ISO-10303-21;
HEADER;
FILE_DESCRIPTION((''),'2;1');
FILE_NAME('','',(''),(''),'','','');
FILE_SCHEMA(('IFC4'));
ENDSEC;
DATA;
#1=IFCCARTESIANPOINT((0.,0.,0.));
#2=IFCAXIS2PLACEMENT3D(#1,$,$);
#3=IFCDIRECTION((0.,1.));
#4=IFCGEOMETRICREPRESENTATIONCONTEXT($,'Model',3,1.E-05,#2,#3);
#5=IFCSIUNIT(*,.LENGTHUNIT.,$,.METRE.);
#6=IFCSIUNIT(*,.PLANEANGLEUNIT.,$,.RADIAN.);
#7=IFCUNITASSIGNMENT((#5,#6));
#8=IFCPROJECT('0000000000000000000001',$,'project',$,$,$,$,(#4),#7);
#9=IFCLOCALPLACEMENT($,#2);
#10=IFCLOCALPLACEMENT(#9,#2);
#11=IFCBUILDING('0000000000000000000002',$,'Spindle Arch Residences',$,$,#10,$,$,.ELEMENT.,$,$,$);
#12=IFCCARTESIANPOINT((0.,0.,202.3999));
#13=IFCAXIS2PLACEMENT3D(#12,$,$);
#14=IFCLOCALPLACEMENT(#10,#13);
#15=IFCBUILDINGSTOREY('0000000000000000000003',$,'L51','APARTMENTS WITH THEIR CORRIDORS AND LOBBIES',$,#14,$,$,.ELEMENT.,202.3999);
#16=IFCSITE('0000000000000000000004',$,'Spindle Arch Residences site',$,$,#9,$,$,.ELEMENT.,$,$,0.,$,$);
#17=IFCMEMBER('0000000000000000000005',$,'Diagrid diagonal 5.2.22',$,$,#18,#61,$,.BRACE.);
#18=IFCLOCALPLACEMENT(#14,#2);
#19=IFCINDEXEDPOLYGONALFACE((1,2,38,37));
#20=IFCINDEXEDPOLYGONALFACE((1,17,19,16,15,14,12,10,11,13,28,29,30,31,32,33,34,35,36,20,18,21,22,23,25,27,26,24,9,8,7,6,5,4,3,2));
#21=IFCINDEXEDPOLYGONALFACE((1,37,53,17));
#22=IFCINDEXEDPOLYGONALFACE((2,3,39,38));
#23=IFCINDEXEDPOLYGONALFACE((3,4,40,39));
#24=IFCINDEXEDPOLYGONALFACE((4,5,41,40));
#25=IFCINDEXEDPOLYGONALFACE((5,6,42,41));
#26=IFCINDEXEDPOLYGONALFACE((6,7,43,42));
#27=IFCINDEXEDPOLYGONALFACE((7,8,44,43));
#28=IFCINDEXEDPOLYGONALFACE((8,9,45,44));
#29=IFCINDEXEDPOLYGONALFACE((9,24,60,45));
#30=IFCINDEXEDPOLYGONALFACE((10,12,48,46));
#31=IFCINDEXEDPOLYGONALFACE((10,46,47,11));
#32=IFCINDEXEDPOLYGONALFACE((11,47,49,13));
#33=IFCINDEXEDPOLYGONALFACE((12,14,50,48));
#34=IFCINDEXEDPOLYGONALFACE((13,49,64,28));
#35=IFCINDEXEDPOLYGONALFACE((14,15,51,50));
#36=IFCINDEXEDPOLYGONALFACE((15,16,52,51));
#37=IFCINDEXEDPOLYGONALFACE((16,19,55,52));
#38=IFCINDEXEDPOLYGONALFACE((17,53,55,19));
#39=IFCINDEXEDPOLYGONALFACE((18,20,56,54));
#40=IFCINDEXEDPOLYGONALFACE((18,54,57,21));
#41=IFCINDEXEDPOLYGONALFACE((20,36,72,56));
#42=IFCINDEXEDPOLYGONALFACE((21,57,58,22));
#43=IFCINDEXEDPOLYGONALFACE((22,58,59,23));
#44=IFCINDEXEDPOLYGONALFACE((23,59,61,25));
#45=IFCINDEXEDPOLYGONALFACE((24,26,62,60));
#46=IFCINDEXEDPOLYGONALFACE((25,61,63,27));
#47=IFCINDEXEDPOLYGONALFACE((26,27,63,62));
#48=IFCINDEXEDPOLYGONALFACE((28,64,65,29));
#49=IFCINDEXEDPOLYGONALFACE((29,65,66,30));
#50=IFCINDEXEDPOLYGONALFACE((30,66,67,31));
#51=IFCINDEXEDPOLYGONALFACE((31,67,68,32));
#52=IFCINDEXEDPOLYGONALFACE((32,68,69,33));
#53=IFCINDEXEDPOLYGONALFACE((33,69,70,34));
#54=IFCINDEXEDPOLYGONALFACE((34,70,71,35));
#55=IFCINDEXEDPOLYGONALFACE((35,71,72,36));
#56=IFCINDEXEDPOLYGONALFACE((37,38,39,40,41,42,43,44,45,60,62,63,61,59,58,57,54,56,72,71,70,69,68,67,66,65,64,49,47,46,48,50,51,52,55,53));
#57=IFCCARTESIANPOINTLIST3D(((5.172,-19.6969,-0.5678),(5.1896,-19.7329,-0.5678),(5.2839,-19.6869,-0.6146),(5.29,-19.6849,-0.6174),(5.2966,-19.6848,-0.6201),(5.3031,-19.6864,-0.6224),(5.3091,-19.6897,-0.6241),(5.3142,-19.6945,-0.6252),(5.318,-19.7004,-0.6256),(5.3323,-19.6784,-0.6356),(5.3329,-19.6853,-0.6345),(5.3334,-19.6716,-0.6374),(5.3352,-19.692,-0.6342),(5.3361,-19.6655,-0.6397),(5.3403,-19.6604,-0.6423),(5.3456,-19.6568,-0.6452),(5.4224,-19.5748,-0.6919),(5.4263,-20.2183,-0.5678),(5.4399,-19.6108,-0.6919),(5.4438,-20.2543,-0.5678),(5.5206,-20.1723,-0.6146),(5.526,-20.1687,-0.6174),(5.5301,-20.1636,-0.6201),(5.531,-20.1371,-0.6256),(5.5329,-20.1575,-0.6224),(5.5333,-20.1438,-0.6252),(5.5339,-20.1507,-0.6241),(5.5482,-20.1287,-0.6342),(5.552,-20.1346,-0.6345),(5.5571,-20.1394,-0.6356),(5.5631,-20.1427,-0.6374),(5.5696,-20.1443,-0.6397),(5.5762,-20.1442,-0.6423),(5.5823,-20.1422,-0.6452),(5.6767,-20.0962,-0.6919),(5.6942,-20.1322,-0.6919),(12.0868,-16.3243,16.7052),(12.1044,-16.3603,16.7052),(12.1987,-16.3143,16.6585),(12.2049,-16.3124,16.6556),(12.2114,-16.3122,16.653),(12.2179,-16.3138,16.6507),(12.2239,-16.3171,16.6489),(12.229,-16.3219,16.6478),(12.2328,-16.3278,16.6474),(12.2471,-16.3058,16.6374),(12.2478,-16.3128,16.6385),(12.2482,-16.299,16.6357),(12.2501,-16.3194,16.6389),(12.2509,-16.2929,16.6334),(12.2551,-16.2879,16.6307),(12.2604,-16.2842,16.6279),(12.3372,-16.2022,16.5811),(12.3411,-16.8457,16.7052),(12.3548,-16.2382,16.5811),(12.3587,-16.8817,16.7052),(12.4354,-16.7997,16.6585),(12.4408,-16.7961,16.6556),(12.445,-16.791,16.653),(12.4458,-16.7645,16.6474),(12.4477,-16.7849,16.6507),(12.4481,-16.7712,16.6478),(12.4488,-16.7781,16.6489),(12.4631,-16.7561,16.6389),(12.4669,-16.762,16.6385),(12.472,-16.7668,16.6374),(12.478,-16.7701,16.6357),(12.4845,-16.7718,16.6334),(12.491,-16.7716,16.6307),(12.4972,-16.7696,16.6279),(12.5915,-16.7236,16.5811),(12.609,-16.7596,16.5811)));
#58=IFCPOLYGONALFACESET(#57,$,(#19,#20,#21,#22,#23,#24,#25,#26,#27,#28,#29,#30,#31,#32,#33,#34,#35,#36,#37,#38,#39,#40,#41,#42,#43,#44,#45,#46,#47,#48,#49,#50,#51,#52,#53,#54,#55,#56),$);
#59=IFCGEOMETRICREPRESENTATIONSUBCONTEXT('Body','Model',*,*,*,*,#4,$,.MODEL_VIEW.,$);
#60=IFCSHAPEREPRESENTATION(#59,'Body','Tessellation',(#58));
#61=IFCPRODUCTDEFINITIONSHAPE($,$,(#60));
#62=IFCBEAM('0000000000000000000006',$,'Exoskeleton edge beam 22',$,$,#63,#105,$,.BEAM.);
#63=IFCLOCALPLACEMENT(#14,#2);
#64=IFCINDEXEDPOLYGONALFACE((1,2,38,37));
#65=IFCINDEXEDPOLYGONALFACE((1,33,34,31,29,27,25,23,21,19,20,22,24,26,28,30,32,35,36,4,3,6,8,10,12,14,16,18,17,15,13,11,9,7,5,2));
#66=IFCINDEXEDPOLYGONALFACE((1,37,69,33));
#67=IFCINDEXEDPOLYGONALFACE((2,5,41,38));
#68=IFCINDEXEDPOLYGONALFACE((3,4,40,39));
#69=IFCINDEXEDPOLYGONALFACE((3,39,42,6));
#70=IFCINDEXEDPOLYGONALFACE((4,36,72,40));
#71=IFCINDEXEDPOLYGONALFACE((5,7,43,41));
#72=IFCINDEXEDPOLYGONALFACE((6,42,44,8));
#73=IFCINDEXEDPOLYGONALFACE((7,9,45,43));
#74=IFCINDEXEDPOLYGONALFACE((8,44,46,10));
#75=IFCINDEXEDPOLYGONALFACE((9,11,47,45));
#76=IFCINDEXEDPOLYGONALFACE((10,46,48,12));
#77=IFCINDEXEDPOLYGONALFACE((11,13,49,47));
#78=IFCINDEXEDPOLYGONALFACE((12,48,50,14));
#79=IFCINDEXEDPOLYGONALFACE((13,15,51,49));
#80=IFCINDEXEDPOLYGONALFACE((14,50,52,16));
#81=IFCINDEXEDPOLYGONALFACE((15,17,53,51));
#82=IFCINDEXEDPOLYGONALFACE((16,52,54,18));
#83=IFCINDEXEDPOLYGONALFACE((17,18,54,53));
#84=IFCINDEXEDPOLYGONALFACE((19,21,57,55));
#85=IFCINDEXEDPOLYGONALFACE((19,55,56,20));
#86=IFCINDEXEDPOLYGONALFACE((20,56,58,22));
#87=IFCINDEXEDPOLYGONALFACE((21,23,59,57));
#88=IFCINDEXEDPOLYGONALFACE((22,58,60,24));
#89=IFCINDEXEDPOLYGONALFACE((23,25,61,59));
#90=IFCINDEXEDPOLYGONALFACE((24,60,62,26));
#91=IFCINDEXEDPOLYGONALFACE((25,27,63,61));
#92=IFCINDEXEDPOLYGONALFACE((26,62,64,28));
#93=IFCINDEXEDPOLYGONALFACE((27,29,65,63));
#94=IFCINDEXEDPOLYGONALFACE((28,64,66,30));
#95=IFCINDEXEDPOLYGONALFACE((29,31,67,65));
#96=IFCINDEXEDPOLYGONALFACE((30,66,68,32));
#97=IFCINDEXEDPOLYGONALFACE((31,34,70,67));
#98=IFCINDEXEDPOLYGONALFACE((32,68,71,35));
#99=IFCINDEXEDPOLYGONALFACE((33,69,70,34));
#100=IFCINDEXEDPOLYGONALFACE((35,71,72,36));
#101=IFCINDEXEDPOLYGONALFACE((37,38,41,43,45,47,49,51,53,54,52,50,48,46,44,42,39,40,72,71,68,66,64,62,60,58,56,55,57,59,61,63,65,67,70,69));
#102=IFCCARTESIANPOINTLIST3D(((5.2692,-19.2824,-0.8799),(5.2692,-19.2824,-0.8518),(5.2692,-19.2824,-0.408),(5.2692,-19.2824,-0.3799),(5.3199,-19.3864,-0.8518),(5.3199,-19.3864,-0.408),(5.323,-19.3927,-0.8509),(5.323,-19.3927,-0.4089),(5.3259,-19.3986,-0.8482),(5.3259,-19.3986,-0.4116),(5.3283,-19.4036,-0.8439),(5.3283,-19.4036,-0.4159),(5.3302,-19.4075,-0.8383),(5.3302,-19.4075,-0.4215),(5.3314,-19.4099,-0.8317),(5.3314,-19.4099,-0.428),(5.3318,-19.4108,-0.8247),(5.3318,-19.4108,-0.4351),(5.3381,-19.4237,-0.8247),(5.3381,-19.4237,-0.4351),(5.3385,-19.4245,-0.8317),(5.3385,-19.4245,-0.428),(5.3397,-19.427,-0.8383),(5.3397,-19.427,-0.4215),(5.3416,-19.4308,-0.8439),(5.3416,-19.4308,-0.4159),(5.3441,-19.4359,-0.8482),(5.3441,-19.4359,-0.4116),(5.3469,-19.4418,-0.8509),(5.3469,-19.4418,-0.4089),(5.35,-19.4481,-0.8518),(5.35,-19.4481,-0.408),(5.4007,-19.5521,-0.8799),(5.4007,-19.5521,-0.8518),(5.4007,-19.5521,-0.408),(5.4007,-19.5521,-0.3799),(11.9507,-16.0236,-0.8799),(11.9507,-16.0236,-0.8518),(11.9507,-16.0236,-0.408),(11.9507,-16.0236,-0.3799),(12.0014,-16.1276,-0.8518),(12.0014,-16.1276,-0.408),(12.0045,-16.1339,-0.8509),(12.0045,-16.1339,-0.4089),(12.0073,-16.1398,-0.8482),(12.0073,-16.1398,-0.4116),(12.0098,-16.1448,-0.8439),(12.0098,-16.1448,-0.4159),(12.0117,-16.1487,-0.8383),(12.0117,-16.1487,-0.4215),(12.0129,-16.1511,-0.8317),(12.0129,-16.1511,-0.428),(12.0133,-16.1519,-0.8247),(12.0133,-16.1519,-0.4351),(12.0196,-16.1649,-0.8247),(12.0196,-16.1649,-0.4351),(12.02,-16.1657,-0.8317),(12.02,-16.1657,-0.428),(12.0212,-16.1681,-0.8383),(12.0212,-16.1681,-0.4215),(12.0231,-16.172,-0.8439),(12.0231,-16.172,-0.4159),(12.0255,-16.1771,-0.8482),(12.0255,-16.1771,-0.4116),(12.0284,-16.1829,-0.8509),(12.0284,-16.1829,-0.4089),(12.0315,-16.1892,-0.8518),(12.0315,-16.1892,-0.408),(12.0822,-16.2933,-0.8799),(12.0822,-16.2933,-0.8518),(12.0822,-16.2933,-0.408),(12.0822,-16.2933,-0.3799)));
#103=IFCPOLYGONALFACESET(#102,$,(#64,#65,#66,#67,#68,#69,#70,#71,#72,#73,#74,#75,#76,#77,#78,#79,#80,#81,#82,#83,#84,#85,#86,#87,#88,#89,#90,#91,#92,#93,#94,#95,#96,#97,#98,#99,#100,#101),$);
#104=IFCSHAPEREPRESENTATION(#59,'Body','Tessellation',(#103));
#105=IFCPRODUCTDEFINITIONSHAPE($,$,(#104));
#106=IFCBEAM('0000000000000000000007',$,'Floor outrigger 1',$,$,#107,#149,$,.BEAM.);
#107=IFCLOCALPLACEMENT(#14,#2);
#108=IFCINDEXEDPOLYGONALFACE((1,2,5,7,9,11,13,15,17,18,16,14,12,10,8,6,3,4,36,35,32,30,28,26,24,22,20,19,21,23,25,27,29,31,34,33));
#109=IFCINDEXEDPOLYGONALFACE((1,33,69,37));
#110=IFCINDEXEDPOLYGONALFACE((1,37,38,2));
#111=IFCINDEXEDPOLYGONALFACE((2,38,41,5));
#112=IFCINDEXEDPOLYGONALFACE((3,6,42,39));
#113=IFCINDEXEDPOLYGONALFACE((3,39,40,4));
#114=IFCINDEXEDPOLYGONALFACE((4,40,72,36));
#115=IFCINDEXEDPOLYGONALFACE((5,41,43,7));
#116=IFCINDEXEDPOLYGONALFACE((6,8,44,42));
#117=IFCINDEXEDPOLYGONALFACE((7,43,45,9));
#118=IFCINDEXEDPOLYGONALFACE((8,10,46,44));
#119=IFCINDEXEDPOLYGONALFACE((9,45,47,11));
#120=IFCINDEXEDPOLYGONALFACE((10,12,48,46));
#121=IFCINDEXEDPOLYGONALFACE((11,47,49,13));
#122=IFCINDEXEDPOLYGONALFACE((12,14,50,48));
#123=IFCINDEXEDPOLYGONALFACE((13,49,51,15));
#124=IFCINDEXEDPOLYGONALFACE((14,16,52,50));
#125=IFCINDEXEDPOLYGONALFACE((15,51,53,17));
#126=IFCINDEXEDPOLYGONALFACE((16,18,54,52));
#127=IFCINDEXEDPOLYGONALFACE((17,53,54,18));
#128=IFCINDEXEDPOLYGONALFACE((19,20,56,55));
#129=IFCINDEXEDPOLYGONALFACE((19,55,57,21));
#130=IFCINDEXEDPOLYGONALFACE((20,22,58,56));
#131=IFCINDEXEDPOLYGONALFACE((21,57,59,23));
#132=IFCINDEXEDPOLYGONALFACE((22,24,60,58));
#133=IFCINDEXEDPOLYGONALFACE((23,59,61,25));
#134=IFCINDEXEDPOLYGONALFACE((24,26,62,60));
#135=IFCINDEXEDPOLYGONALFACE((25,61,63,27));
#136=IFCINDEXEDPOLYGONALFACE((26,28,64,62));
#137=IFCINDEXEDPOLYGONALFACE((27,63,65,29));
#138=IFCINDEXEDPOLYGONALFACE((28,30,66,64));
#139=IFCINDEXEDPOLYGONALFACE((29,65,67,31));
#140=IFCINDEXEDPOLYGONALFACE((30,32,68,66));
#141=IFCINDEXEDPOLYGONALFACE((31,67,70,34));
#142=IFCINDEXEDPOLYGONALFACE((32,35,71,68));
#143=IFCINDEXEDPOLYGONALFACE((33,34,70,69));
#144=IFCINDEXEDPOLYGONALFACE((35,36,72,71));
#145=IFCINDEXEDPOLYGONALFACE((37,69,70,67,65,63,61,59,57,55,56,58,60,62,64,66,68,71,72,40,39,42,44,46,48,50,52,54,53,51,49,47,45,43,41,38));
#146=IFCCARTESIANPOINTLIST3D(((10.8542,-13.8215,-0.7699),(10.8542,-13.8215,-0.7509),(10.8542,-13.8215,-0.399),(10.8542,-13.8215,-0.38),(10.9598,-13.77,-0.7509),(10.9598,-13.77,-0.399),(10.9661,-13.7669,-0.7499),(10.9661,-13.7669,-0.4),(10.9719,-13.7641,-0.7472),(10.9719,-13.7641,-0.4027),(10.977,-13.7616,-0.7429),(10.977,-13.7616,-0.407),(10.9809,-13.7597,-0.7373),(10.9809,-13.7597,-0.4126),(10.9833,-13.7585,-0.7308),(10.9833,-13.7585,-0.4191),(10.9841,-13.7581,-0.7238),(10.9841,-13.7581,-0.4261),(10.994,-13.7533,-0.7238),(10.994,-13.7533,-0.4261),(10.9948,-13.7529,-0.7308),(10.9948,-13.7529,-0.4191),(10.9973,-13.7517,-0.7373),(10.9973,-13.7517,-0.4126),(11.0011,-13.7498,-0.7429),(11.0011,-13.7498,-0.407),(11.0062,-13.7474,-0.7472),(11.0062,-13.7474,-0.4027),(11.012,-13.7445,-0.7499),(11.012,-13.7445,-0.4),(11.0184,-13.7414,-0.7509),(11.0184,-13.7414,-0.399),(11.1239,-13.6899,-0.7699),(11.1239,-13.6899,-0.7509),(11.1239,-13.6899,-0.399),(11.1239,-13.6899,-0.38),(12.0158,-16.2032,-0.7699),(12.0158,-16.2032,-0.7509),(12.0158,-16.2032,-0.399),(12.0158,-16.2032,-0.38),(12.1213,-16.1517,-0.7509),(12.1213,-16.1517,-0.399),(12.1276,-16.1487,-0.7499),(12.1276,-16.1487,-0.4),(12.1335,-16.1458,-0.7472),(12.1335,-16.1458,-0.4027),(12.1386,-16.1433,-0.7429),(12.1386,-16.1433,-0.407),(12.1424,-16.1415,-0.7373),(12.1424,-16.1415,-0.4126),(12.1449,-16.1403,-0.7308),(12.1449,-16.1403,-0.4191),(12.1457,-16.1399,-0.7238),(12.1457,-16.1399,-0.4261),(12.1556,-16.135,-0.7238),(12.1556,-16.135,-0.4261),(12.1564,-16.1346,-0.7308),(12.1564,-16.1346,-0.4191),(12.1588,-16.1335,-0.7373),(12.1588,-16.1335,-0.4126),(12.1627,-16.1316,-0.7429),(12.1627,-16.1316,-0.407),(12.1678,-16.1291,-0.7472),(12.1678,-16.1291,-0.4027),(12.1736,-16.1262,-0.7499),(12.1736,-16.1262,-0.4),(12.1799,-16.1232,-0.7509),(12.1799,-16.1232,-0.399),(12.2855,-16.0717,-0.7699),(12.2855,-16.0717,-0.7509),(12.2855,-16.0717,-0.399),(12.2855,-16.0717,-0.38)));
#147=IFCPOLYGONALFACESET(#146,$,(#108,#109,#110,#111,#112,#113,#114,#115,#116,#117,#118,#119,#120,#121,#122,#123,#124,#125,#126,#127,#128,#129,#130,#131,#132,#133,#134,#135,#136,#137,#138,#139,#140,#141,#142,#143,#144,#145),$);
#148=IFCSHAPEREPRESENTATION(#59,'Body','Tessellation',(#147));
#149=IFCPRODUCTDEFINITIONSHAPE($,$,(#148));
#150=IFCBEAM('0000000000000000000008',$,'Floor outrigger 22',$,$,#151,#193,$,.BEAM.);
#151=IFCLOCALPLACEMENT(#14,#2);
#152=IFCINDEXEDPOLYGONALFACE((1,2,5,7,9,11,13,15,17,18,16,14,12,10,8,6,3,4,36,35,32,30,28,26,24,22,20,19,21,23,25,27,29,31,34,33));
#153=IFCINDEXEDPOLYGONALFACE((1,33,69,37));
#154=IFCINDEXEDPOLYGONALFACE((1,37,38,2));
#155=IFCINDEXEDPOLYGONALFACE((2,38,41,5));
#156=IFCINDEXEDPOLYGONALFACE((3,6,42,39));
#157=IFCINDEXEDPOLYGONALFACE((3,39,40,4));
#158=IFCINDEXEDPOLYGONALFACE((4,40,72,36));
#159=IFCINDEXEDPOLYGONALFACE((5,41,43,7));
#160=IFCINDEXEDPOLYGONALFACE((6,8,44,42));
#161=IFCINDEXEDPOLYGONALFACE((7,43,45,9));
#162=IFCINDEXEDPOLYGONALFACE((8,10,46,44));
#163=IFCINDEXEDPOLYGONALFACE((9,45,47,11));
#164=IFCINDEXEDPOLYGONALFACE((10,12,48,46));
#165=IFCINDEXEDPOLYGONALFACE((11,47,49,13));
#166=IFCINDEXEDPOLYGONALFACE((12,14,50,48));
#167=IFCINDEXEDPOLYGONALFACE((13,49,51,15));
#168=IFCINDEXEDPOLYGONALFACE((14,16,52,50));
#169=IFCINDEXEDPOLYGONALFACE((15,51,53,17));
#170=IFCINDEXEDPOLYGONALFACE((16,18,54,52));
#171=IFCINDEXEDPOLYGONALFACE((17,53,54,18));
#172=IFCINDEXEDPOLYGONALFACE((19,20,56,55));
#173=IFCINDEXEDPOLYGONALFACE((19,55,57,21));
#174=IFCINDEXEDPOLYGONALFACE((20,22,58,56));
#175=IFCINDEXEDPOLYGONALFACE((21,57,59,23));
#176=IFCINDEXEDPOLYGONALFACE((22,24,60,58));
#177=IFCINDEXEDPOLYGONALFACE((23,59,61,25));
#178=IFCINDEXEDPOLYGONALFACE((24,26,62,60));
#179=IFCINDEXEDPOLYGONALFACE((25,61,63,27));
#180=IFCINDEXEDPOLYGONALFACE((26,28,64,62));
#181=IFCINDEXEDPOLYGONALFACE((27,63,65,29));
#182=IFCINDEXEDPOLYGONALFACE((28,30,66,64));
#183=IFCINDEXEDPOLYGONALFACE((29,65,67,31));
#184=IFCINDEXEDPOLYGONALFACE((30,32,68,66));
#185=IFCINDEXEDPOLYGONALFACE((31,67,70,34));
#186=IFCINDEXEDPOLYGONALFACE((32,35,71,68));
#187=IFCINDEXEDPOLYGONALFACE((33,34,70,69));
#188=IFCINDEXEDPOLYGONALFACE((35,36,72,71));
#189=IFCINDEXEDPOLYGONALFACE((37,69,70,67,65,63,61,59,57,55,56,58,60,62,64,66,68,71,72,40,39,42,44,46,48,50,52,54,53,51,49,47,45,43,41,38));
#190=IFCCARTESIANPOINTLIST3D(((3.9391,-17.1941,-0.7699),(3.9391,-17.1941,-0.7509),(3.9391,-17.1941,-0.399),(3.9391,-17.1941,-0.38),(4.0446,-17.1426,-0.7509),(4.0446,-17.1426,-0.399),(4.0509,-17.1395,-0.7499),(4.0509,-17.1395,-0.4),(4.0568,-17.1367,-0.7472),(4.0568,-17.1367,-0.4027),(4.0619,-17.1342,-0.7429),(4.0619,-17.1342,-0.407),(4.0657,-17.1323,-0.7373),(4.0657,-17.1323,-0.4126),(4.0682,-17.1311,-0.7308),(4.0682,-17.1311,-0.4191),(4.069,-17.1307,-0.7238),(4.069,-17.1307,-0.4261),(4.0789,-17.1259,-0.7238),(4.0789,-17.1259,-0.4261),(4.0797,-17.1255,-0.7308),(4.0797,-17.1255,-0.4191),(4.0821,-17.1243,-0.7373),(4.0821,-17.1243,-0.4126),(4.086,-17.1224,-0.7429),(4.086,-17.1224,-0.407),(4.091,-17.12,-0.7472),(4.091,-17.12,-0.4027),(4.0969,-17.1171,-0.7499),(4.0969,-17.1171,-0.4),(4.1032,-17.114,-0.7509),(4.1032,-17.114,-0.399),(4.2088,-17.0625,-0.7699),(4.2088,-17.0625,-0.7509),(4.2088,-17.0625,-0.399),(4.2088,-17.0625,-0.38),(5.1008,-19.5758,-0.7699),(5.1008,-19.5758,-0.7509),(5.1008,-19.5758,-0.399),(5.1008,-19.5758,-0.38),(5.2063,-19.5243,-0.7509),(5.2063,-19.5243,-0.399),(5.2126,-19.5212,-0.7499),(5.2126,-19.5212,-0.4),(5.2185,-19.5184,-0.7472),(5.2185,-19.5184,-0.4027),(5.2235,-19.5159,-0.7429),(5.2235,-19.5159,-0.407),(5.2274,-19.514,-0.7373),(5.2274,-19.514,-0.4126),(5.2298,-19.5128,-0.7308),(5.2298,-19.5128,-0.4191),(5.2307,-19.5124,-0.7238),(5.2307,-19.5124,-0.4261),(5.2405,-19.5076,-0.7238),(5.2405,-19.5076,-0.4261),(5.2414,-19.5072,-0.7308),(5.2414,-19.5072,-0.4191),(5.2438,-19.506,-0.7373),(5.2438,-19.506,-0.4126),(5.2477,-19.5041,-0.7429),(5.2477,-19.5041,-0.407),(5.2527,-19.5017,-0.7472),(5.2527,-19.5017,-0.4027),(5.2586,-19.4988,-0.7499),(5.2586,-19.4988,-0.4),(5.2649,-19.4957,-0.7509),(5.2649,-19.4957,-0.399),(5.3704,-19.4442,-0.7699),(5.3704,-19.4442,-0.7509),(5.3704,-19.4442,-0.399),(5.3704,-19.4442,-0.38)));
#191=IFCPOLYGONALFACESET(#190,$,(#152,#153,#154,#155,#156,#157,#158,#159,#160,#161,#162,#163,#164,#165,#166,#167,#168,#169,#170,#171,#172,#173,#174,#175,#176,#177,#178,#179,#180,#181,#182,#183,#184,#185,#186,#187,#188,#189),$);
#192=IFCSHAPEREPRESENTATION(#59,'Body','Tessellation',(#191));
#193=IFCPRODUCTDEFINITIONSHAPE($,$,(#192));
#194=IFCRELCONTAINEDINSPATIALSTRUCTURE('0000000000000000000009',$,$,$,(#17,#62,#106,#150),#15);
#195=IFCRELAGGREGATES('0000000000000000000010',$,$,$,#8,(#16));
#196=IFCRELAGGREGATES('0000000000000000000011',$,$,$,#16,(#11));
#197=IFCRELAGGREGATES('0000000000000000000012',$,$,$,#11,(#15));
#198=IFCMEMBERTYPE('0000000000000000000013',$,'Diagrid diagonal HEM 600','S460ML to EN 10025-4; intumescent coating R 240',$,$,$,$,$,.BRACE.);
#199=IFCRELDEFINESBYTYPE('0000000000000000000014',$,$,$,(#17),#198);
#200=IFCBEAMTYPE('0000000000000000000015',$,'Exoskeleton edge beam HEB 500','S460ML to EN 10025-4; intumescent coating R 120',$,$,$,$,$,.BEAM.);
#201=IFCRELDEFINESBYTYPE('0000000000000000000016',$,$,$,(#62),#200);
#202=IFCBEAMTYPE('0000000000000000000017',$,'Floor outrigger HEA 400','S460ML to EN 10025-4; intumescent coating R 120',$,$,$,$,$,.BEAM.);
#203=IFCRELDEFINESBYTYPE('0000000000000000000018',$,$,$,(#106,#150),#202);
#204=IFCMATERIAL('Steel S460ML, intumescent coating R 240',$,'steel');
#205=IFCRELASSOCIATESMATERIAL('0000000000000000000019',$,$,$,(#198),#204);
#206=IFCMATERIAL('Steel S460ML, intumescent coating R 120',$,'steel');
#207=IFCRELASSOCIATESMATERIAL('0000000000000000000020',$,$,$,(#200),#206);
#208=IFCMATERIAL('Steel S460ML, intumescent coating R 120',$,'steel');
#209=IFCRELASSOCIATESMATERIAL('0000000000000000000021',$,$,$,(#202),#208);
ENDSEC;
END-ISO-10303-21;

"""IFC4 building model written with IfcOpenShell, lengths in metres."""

from ifc_helpers import new_model, si_unit, direction, frame, origin, origin_2d, place, context, subcontext, project, spatial, i_section, extrude, material, material_profile, profile_set, type_object, element, save


model = new_model("IFC4")

# Units and contexts
model_context = context("Model", 3, precision=1e-05, world=origin(), true_north=direction((0.0, 1.0)))
body_context = subcontext(model_context, "Body", "Model", "MODEL_VIEW")
ifc_project = project(units=[si_unit("LENGTHUNIT", "METRE"), si_unit("PLANEANGLEUNIT", "RADIAN")], contexts=[model_context])

# Site, building, storey
site_placement = place(None, origin())
site = spatial("IfcSite", under=ifc_project, at=site_placement, Name="Spindle Arch Residences site", CompositionType="ELEMENT", RefElevation=0.0)
building_placement = place(site_placement, origin())
building = spatial("IfcBuilding", under=site, at=building_placement, Name="Spindle Arch Residences", CompositionType="ELEMENT")
storey_placement = place(building_placement, frame((0.0, 0.0, 202.3999)))
storey = spatial("IfcBuildingStorey", under=building, at=storey_placement, Name="L51", Description="APARTMENTS WITH THEIR CORRIDORS AND LOBBIES", CompositionType="ELEMENT", Elevation=202.3999)

# Member
ifc_material_1 = material(Name="Steel S460ML, intumescent coating R 240", Category="steel")
ifc_material_profile_1 = material_profile(ifc_material_1, i_section(OverallWidth=0.3049, OverallDepth=0.6201, WebThickness=0.021, FlangeThickness=0.04, FilletRadius=0.0271, at=origin_2d()), Name="HEM 600")
ifc_profile_set_1 = profile_set([ifc_material_profile_1], Name="Steel S460ML, intumescent coating R 240")
member_type_1 = type_object("IfcMemberType", Name="Diagrid diagonal HEM 600", Description="S460ML to EN 10025-4; intumescent coating R 240", PredefinedType="BRACE", material=ifc_profile_set_1)
for number, where, z_axis, x_axis, name in (
    (1, (5.4331, -19.9146, -0.6299), (0.365692, 0.178359, 0.913487), (-0.821037, -0.400445, 0.406869), "Diagrid diagonal 5.2.22"),
):
    element("IfcMember", number, at=place(storey_placement, frame(where, z_axis=z_axis, x_axis=x_axis)), inside=storey, type_object=member_type_1, Name=name, PredefinedType="BRACE", context=body_context, shape_type="SweptSolid", body=[
        extrude(i_section(OverallWidth=0.3049, OverallDepth=0.6201, WebThickness=0.021, FlangeThickness=0.04, FilletRadius=0.0271, at=origin_2d()), origin(), (0.0, 0.0, 1.0), 18.9089),
    ])

# Beams
ifc_material_2 = material(Name="Steel S460ML, intumescent coating R 120", Category="steel")
ifc_material_profile_2 = material_profile(ifc_material_2, i_section(OverallWidth=0.3, OverallDepth=0.5, WebThickness=0.0144, FlangeThickness=0.0281, FilletRadius=0.0271, at=origin_2d()), Name="HEB 500")
ifc_profile_set_2 = profile_set([ifc_material_profile_2], Name="Steel S460ML, intumescent coating R 120")
beam_type_1 = type_object("IfcBeamType", Name="Exoskeleton edge beam HEB 500", Description="S460ML to EN 10025-4; intumescent coating R 120", PredefinedType="BEAM", material=ifc_profile_set_2)
beam_placement = place(storey_placement, frame((5.335, -19.4172, -0.6299), z_axis=(0.898791, 0.438377, 0.0), x_axis=(-0.438377, 0.898791, 0.0)))
element("IfcBeam", 2, at=beam_placement, inside=storey, type_object=beam_type_1, Name="Exoskeleton edge beam 22", PredefinedType="BEAM", context=body_context, shape_type="SweptSolid", body=[
    extrude(i_section(OverallWidth=0.3, OverallDepth=0.5, WebThickness=0.0144, FlangeThickness=0.0281, FilletRadius=0.0271, at=origin_2d()), origin(), (0.0, 0.0, 1.0), 7.4338),
])
ifc_material_3 = material(Name="Steel S460ML, intumescent coating R 120", Category="steel")
ifc_material_profile_3 = material_profile(ifc_material_3, i_section(OverallWidth=0.3, OverallDepth=0.3899, WebThickness=0.011, FlangeThickness=0.019, FilletRadius=0.0271, at=origin_2d()), Name="HEA 400")
ifc_profile_set_3 = profile_set([ifc_material_profile_3], Name="Steel S460ML, intumescent coating R 120")
beam_type_2 = type_object("IfcBeamType", Name="Floor outrigger HEA 400", Description="S460ML to EN 10025-4; intumescent coating R 120", PredefinedType="BEAM", material=ifc_profile_set_3)
for number, where, z_axis, x_axis, name in (
    (3, (12.1506, -16.1375, -0.575), (-0.438347, 0.898806, 0.0), (-0.898806, -0.438347, 0.0), "Floor outrigger 1"),
    (4, (5.2356, -19.51, -0.575), (-0.438384, 0.898788, 0.0), (-0.898788, -0.438384, 0.0), "Floor outrigger 22"),
):
    element("IfcBeam", number, at=place(storey_placement, frame(where, z_axis=z_axis, x_axis=x_axis)), inside=storey, type_object=beam_type_2, Name=name, PredefinedType="BEAM", context=body_context, shape_type="SweptSolid", body=[
        extrude(i_section(OverallWidth=0.3, OverallDepth=0.3899, WebThickness=0.011, FlangeThickness=0.019, FilletRadius=0.0271, at=origin_2d()), origin(), (0.0, 0.0, 1.0), 2.6499),
    ])

save(model, "model.ifc")
